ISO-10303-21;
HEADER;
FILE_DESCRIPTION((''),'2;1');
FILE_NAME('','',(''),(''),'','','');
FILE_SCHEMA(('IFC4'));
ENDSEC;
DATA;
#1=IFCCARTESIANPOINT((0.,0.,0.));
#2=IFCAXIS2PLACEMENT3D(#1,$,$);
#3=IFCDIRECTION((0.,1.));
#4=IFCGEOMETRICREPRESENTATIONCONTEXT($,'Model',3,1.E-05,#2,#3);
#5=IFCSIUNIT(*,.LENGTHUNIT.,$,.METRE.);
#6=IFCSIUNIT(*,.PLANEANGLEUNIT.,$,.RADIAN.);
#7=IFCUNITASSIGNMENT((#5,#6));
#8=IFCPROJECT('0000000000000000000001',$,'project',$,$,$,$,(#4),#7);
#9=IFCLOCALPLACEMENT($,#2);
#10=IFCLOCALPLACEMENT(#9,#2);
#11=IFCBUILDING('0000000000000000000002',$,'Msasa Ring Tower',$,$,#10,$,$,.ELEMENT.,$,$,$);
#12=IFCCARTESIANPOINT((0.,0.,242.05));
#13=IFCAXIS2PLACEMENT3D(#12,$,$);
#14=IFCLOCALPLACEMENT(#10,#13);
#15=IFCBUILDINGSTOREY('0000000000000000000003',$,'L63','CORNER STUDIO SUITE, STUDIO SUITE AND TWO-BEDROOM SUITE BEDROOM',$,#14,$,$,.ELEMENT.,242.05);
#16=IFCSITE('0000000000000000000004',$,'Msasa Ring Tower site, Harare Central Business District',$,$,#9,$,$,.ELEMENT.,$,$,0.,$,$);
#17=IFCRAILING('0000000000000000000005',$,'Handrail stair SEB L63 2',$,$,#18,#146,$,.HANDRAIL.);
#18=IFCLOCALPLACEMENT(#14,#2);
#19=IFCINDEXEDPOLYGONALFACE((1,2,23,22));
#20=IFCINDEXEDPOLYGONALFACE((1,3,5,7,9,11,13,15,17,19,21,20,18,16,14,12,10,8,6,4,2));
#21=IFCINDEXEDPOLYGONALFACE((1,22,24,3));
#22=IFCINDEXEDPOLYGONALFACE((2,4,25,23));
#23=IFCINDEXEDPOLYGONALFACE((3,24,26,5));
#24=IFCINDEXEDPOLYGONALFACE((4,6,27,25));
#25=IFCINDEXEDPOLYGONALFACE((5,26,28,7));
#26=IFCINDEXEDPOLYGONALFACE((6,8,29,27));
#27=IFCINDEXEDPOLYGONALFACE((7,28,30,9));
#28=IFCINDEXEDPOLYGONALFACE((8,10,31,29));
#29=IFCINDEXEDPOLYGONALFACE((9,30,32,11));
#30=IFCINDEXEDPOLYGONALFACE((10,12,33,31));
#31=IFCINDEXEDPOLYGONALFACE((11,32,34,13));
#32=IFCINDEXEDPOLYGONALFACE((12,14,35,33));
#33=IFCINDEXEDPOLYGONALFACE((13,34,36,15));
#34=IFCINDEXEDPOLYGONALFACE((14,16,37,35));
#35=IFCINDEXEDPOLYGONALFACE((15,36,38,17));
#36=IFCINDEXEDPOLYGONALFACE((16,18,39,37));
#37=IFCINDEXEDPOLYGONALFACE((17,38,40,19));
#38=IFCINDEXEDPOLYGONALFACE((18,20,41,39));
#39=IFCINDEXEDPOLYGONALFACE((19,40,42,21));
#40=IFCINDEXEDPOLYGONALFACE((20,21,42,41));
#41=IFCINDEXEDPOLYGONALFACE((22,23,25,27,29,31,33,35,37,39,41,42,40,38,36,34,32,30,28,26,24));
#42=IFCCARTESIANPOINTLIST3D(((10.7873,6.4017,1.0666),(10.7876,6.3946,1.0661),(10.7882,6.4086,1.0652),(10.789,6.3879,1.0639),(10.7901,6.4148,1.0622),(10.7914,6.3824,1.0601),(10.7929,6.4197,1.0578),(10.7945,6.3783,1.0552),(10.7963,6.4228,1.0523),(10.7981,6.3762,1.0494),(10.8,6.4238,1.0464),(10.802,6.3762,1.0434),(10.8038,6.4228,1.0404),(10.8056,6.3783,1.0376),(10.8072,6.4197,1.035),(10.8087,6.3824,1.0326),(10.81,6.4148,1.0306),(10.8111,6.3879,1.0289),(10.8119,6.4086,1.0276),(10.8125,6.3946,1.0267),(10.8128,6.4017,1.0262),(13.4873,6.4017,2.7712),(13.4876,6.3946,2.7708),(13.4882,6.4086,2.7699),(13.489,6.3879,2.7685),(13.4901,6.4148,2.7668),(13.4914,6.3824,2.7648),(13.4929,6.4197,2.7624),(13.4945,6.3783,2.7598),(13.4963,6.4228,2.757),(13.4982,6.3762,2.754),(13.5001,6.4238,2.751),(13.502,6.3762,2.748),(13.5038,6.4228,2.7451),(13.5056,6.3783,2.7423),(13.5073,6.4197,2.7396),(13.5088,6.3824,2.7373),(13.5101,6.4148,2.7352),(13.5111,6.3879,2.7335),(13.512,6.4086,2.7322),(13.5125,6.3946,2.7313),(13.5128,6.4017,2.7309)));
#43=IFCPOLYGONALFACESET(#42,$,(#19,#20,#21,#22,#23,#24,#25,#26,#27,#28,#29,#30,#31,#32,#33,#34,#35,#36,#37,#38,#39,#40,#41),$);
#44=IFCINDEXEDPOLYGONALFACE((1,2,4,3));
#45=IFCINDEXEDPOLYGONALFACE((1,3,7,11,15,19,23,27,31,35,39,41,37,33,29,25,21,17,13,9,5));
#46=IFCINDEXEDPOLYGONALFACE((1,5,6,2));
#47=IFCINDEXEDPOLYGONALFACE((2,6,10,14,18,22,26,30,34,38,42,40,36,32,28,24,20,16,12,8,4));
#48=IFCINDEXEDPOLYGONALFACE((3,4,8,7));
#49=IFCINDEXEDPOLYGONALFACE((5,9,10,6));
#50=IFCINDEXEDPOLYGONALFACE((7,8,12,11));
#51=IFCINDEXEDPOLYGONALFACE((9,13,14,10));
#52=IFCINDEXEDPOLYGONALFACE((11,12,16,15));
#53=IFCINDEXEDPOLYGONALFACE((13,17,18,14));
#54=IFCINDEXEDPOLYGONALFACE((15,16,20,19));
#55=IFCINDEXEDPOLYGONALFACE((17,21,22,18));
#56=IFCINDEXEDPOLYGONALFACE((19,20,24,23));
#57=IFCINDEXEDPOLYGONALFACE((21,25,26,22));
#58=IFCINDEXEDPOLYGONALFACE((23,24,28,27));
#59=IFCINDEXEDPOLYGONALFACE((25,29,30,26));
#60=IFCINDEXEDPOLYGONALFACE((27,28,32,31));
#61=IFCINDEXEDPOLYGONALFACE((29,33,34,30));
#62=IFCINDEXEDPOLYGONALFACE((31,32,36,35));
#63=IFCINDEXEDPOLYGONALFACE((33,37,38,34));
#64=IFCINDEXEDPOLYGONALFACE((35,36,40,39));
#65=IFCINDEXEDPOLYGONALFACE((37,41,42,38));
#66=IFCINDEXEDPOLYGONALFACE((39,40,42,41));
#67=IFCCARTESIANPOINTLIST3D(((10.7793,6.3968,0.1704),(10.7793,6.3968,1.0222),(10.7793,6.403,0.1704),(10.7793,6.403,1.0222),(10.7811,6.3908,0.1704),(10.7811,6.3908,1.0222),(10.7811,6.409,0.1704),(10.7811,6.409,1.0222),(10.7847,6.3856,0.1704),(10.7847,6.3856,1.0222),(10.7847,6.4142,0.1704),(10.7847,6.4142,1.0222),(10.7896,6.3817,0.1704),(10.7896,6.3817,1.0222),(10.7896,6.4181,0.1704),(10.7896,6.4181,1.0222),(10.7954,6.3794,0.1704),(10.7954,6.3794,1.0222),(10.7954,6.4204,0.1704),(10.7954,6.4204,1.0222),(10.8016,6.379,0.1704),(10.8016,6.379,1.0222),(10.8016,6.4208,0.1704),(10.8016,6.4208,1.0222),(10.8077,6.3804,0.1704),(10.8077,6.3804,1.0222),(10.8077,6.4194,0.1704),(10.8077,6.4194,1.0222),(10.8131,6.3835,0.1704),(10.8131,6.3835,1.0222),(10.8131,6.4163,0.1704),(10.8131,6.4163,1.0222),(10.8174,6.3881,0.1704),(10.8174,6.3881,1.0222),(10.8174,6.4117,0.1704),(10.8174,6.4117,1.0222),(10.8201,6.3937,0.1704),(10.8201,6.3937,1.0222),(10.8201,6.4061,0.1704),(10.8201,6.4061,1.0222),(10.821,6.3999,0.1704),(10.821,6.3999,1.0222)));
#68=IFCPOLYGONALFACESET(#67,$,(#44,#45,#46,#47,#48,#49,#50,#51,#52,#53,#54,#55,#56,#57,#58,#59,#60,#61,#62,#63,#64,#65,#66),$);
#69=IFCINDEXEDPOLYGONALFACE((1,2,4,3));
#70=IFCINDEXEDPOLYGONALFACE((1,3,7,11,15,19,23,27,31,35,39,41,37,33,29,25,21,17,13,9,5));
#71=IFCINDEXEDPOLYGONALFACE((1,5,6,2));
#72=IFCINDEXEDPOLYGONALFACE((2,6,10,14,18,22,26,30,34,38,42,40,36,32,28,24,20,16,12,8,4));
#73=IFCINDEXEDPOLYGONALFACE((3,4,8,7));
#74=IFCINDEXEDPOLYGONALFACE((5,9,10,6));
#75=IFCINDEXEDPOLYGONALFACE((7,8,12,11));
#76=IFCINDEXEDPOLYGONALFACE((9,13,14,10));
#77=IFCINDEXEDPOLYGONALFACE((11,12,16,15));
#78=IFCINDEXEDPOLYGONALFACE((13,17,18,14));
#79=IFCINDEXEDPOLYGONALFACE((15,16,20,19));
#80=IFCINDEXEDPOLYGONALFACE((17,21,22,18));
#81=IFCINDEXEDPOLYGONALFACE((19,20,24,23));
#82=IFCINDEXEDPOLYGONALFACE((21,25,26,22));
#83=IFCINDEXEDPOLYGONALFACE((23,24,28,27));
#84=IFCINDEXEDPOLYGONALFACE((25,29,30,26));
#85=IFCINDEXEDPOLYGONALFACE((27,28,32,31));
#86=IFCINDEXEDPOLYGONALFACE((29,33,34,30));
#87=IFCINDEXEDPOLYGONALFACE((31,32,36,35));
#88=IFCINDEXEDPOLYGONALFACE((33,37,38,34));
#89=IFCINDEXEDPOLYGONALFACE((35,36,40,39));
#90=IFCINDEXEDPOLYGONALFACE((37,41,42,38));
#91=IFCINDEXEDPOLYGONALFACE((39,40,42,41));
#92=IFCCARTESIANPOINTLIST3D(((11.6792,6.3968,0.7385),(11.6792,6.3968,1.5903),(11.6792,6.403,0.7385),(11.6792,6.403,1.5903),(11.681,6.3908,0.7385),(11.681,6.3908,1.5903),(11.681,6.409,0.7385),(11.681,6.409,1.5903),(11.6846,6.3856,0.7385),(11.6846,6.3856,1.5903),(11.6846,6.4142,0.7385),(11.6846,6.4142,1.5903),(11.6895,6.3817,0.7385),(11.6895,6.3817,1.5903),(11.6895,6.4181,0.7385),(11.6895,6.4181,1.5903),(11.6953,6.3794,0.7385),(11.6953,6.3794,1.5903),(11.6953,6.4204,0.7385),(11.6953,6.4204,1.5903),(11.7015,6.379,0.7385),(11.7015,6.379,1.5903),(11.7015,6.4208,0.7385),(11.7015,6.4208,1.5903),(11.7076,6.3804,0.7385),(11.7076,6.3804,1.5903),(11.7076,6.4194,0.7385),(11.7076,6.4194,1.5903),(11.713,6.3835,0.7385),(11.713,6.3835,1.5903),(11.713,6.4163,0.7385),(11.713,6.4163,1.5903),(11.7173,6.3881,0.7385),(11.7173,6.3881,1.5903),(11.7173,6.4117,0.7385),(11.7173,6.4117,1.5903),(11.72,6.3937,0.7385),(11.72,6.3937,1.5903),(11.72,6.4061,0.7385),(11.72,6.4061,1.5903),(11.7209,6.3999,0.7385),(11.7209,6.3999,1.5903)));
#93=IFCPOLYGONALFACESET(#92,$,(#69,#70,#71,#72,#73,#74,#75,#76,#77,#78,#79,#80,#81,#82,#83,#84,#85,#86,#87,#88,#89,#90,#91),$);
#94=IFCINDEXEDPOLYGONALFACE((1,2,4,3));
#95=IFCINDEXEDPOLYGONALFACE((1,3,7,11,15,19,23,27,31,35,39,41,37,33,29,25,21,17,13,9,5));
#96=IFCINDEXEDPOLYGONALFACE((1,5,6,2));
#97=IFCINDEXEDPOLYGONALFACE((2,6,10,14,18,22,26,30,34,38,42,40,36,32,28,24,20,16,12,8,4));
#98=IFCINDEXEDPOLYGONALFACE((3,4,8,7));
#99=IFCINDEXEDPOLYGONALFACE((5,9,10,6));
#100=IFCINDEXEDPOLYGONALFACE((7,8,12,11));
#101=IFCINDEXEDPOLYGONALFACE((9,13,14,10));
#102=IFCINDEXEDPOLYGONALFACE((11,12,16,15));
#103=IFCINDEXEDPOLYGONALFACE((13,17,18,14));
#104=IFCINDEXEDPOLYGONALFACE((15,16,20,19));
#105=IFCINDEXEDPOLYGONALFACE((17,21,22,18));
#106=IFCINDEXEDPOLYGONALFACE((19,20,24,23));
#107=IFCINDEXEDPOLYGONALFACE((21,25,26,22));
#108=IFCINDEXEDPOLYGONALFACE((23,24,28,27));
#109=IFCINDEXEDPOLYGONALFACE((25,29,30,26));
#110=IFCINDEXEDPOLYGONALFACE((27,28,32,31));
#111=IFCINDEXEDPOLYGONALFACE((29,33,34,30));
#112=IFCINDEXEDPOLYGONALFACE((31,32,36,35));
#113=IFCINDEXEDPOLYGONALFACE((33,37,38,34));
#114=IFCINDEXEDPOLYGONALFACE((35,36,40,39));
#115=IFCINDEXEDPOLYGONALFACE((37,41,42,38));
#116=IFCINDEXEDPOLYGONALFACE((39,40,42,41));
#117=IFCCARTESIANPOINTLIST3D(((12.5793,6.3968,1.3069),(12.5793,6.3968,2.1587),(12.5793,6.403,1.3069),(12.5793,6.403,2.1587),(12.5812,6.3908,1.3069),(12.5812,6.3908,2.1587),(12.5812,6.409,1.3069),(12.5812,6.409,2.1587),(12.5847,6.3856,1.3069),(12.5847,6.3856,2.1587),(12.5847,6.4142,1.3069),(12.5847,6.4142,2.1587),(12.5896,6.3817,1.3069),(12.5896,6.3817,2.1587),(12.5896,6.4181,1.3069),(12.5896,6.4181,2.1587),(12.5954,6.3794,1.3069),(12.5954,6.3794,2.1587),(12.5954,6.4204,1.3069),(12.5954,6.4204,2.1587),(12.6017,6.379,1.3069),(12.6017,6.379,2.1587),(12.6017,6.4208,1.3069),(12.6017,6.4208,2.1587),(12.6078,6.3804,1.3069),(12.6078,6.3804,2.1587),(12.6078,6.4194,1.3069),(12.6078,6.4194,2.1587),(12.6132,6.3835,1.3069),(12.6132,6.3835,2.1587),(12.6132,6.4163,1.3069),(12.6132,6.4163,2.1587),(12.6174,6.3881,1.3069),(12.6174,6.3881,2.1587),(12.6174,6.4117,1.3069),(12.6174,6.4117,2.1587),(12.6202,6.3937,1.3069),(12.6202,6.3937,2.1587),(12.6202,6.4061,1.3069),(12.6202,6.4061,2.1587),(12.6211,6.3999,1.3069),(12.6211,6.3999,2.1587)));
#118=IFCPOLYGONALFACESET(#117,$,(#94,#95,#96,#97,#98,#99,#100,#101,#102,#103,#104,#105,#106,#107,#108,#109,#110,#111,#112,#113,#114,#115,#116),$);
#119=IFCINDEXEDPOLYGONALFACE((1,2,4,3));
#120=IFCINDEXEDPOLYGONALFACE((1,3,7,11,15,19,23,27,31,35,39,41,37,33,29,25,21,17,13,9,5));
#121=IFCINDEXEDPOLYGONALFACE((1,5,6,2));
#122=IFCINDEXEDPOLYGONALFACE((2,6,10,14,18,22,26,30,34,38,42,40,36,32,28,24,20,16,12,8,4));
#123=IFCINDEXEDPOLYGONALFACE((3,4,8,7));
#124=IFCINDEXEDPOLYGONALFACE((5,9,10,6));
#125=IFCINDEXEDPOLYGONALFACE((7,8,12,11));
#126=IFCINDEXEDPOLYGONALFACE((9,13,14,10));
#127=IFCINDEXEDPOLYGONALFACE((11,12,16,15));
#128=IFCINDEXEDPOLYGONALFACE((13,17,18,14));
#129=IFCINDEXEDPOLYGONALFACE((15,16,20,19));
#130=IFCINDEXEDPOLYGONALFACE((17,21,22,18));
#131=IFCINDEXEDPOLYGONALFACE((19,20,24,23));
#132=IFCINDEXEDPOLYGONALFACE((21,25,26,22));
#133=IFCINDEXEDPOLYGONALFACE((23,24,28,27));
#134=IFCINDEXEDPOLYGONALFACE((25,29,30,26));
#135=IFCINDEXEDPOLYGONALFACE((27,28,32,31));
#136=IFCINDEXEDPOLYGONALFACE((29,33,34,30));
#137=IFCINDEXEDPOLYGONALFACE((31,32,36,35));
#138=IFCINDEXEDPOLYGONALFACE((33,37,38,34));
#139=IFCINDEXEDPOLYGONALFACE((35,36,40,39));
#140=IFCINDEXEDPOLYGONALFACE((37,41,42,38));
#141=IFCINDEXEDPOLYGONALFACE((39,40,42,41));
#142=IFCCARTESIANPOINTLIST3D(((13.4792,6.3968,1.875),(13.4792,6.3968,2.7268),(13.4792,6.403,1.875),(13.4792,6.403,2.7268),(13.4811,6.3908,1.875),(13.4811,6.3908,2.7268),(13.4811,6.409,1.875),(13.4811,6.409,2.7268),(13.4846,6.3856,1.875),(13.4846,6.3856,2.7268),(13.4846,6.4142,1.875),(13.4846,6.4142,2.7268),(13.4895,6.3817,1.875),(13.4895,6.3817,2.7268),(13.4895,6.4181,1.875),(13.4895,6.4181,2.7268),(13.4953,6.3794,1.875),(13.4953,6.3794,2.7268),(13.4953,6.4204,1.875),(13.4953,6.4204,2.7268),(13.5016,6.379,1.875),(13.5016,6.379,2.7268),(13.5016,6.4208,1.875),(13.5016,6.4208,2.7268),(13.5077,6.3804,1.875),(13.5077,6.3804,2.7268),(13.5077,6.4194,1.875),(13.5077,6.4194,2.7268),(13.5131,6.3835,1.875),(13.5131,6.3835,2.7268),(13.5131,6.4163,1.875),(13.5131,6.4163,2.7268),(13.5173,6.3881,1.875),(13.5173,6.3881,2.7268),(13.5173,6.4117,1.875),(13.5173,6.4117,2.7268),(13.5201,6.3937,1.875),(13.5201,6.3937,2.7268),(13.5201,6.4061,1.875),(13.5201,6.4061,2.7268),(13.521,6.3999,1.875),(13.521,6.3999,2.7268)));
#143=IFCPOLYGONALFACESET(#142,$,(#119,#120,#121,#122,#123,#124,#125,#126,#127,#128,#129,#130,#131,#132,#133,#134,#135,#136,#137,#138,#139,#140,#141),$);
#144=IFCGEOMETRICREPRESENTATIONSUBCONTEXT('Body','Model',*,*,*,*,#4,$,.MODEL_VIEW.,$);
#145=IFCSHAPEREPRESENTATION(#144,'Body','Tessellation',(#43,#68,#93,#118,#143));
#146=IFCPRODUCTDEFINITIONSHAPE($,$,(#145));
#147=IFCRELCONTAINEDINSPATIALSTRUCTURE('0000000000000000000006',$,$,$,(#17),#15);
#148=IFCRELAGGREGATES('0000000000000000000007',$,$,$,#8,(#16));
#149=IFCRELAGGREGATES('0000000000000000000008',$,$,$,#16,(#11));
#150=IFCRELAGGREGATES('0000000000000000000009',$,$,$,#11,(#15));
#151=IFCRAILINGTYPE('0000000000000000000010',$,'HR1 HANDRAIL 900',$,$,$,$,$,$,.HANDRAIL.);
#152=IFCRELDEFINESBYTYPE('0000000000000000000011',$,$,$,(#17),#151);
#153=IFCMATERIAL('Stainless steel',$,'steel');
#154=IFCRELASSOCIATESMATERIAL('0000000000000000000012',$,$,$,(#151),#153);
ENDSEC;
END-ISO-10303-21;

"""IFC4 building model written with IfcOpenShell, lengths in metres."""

from ifc_helpers import new_model, si_unit, direction, frame, origin, origin_2d, place, context, subcontext, project, spatial, circle, extrude, material, type_object, element, save


model = new_model("IFC4")

# Units and contexts
model_context = context("Model", 3, precision=1e-05, world=origin(), true_north=direction((0.0, 1.0)))
body_context = subcontext(model_context, "Body", "Model", "MODEL_VIEW")
ifc_project = project(units=[si_unit("LENGTHUNIT", "METRE"), si_unit("PLANEANGLEUNIT", "RADIAN")], contexts=[model_context])

# Site, building, storey
site_placement = place(None, origin())
site = spatial("IfcSite", under=ifc_project, at=site_placement, Name="Msasa Ring Tower site, Harare Central Business District", CompositionType="ELEMENT", RefElevation=0.0)
building_placement = place(site_placement, origin())
building = spatial("IfcBuilding", under=site, at=building_placement, Name="Msasa Ring Tower", CompositionType="ELEMENT")
storey_placement = place(building_placement, frame((0.0, 0.0, 242.05)))
storey = spatial("IfcBuildingStorey", under=building, at=storey_placement, Name="L63", Description="CORNER STUDIO SUITE, STUDIO SUITE AND TWO-BEDROOM SUITE BEDROOM", CompositionType="ELEMENT", Elevation=242.05)

# Railing
ifc_material_1 = material(Name="Stainless steel", Category="steel")
railing_type = type_object("IfcRailingType", Name="HR1 HANDRAIL 900", PredefinedType="HANDRAIL", material=ifc_material_1)
for number, where, name in (
    (1, (10.8, 6.3999, 0.1704), "Handrail stair SEB L63 2"),
):
    element("IfcRailing", number, at=place(storey_placement, frame(where)), inside=storey, type_object=railing_type, Name=name, PredefinedType="HANDRAIL", context=body_context, shape_type="SweptSolid", body=[
        extrude(circle(Radius=0.0239, at=origin_2d()), frame((0.0, 0.0, 0.876), z_axis=(0.84558, 0.0, 0.533849), x_axis=(0.0, 1.0, 0.0)), (0.0, 0.0, 1.0), 3.1931),
        extrude(circle(Radius=0.021, at=origin_2d()), origin(), (0.0, 0.0, 1.0), 0.8518),
        extrude(circle(Radius=0.021, at=origin_2d()), frame((0.8999, 0.0, 0.5681)), (0.0, 0.0, 1.0), 0.8518),
        extrude(circle(Radius=0.021, at=origin_2d()), frame((1.8, 0.0, 1.1365)), (0.0, 0.0, 1.0), 0.8518),
        extrude(circle(Radius=0.021, at=origin_2d()), frame((2.7, 0.0, 1.7046)), (0.0, 0.0, 1.0), 0.8518),
    ])

save(model, "model.ifc")
